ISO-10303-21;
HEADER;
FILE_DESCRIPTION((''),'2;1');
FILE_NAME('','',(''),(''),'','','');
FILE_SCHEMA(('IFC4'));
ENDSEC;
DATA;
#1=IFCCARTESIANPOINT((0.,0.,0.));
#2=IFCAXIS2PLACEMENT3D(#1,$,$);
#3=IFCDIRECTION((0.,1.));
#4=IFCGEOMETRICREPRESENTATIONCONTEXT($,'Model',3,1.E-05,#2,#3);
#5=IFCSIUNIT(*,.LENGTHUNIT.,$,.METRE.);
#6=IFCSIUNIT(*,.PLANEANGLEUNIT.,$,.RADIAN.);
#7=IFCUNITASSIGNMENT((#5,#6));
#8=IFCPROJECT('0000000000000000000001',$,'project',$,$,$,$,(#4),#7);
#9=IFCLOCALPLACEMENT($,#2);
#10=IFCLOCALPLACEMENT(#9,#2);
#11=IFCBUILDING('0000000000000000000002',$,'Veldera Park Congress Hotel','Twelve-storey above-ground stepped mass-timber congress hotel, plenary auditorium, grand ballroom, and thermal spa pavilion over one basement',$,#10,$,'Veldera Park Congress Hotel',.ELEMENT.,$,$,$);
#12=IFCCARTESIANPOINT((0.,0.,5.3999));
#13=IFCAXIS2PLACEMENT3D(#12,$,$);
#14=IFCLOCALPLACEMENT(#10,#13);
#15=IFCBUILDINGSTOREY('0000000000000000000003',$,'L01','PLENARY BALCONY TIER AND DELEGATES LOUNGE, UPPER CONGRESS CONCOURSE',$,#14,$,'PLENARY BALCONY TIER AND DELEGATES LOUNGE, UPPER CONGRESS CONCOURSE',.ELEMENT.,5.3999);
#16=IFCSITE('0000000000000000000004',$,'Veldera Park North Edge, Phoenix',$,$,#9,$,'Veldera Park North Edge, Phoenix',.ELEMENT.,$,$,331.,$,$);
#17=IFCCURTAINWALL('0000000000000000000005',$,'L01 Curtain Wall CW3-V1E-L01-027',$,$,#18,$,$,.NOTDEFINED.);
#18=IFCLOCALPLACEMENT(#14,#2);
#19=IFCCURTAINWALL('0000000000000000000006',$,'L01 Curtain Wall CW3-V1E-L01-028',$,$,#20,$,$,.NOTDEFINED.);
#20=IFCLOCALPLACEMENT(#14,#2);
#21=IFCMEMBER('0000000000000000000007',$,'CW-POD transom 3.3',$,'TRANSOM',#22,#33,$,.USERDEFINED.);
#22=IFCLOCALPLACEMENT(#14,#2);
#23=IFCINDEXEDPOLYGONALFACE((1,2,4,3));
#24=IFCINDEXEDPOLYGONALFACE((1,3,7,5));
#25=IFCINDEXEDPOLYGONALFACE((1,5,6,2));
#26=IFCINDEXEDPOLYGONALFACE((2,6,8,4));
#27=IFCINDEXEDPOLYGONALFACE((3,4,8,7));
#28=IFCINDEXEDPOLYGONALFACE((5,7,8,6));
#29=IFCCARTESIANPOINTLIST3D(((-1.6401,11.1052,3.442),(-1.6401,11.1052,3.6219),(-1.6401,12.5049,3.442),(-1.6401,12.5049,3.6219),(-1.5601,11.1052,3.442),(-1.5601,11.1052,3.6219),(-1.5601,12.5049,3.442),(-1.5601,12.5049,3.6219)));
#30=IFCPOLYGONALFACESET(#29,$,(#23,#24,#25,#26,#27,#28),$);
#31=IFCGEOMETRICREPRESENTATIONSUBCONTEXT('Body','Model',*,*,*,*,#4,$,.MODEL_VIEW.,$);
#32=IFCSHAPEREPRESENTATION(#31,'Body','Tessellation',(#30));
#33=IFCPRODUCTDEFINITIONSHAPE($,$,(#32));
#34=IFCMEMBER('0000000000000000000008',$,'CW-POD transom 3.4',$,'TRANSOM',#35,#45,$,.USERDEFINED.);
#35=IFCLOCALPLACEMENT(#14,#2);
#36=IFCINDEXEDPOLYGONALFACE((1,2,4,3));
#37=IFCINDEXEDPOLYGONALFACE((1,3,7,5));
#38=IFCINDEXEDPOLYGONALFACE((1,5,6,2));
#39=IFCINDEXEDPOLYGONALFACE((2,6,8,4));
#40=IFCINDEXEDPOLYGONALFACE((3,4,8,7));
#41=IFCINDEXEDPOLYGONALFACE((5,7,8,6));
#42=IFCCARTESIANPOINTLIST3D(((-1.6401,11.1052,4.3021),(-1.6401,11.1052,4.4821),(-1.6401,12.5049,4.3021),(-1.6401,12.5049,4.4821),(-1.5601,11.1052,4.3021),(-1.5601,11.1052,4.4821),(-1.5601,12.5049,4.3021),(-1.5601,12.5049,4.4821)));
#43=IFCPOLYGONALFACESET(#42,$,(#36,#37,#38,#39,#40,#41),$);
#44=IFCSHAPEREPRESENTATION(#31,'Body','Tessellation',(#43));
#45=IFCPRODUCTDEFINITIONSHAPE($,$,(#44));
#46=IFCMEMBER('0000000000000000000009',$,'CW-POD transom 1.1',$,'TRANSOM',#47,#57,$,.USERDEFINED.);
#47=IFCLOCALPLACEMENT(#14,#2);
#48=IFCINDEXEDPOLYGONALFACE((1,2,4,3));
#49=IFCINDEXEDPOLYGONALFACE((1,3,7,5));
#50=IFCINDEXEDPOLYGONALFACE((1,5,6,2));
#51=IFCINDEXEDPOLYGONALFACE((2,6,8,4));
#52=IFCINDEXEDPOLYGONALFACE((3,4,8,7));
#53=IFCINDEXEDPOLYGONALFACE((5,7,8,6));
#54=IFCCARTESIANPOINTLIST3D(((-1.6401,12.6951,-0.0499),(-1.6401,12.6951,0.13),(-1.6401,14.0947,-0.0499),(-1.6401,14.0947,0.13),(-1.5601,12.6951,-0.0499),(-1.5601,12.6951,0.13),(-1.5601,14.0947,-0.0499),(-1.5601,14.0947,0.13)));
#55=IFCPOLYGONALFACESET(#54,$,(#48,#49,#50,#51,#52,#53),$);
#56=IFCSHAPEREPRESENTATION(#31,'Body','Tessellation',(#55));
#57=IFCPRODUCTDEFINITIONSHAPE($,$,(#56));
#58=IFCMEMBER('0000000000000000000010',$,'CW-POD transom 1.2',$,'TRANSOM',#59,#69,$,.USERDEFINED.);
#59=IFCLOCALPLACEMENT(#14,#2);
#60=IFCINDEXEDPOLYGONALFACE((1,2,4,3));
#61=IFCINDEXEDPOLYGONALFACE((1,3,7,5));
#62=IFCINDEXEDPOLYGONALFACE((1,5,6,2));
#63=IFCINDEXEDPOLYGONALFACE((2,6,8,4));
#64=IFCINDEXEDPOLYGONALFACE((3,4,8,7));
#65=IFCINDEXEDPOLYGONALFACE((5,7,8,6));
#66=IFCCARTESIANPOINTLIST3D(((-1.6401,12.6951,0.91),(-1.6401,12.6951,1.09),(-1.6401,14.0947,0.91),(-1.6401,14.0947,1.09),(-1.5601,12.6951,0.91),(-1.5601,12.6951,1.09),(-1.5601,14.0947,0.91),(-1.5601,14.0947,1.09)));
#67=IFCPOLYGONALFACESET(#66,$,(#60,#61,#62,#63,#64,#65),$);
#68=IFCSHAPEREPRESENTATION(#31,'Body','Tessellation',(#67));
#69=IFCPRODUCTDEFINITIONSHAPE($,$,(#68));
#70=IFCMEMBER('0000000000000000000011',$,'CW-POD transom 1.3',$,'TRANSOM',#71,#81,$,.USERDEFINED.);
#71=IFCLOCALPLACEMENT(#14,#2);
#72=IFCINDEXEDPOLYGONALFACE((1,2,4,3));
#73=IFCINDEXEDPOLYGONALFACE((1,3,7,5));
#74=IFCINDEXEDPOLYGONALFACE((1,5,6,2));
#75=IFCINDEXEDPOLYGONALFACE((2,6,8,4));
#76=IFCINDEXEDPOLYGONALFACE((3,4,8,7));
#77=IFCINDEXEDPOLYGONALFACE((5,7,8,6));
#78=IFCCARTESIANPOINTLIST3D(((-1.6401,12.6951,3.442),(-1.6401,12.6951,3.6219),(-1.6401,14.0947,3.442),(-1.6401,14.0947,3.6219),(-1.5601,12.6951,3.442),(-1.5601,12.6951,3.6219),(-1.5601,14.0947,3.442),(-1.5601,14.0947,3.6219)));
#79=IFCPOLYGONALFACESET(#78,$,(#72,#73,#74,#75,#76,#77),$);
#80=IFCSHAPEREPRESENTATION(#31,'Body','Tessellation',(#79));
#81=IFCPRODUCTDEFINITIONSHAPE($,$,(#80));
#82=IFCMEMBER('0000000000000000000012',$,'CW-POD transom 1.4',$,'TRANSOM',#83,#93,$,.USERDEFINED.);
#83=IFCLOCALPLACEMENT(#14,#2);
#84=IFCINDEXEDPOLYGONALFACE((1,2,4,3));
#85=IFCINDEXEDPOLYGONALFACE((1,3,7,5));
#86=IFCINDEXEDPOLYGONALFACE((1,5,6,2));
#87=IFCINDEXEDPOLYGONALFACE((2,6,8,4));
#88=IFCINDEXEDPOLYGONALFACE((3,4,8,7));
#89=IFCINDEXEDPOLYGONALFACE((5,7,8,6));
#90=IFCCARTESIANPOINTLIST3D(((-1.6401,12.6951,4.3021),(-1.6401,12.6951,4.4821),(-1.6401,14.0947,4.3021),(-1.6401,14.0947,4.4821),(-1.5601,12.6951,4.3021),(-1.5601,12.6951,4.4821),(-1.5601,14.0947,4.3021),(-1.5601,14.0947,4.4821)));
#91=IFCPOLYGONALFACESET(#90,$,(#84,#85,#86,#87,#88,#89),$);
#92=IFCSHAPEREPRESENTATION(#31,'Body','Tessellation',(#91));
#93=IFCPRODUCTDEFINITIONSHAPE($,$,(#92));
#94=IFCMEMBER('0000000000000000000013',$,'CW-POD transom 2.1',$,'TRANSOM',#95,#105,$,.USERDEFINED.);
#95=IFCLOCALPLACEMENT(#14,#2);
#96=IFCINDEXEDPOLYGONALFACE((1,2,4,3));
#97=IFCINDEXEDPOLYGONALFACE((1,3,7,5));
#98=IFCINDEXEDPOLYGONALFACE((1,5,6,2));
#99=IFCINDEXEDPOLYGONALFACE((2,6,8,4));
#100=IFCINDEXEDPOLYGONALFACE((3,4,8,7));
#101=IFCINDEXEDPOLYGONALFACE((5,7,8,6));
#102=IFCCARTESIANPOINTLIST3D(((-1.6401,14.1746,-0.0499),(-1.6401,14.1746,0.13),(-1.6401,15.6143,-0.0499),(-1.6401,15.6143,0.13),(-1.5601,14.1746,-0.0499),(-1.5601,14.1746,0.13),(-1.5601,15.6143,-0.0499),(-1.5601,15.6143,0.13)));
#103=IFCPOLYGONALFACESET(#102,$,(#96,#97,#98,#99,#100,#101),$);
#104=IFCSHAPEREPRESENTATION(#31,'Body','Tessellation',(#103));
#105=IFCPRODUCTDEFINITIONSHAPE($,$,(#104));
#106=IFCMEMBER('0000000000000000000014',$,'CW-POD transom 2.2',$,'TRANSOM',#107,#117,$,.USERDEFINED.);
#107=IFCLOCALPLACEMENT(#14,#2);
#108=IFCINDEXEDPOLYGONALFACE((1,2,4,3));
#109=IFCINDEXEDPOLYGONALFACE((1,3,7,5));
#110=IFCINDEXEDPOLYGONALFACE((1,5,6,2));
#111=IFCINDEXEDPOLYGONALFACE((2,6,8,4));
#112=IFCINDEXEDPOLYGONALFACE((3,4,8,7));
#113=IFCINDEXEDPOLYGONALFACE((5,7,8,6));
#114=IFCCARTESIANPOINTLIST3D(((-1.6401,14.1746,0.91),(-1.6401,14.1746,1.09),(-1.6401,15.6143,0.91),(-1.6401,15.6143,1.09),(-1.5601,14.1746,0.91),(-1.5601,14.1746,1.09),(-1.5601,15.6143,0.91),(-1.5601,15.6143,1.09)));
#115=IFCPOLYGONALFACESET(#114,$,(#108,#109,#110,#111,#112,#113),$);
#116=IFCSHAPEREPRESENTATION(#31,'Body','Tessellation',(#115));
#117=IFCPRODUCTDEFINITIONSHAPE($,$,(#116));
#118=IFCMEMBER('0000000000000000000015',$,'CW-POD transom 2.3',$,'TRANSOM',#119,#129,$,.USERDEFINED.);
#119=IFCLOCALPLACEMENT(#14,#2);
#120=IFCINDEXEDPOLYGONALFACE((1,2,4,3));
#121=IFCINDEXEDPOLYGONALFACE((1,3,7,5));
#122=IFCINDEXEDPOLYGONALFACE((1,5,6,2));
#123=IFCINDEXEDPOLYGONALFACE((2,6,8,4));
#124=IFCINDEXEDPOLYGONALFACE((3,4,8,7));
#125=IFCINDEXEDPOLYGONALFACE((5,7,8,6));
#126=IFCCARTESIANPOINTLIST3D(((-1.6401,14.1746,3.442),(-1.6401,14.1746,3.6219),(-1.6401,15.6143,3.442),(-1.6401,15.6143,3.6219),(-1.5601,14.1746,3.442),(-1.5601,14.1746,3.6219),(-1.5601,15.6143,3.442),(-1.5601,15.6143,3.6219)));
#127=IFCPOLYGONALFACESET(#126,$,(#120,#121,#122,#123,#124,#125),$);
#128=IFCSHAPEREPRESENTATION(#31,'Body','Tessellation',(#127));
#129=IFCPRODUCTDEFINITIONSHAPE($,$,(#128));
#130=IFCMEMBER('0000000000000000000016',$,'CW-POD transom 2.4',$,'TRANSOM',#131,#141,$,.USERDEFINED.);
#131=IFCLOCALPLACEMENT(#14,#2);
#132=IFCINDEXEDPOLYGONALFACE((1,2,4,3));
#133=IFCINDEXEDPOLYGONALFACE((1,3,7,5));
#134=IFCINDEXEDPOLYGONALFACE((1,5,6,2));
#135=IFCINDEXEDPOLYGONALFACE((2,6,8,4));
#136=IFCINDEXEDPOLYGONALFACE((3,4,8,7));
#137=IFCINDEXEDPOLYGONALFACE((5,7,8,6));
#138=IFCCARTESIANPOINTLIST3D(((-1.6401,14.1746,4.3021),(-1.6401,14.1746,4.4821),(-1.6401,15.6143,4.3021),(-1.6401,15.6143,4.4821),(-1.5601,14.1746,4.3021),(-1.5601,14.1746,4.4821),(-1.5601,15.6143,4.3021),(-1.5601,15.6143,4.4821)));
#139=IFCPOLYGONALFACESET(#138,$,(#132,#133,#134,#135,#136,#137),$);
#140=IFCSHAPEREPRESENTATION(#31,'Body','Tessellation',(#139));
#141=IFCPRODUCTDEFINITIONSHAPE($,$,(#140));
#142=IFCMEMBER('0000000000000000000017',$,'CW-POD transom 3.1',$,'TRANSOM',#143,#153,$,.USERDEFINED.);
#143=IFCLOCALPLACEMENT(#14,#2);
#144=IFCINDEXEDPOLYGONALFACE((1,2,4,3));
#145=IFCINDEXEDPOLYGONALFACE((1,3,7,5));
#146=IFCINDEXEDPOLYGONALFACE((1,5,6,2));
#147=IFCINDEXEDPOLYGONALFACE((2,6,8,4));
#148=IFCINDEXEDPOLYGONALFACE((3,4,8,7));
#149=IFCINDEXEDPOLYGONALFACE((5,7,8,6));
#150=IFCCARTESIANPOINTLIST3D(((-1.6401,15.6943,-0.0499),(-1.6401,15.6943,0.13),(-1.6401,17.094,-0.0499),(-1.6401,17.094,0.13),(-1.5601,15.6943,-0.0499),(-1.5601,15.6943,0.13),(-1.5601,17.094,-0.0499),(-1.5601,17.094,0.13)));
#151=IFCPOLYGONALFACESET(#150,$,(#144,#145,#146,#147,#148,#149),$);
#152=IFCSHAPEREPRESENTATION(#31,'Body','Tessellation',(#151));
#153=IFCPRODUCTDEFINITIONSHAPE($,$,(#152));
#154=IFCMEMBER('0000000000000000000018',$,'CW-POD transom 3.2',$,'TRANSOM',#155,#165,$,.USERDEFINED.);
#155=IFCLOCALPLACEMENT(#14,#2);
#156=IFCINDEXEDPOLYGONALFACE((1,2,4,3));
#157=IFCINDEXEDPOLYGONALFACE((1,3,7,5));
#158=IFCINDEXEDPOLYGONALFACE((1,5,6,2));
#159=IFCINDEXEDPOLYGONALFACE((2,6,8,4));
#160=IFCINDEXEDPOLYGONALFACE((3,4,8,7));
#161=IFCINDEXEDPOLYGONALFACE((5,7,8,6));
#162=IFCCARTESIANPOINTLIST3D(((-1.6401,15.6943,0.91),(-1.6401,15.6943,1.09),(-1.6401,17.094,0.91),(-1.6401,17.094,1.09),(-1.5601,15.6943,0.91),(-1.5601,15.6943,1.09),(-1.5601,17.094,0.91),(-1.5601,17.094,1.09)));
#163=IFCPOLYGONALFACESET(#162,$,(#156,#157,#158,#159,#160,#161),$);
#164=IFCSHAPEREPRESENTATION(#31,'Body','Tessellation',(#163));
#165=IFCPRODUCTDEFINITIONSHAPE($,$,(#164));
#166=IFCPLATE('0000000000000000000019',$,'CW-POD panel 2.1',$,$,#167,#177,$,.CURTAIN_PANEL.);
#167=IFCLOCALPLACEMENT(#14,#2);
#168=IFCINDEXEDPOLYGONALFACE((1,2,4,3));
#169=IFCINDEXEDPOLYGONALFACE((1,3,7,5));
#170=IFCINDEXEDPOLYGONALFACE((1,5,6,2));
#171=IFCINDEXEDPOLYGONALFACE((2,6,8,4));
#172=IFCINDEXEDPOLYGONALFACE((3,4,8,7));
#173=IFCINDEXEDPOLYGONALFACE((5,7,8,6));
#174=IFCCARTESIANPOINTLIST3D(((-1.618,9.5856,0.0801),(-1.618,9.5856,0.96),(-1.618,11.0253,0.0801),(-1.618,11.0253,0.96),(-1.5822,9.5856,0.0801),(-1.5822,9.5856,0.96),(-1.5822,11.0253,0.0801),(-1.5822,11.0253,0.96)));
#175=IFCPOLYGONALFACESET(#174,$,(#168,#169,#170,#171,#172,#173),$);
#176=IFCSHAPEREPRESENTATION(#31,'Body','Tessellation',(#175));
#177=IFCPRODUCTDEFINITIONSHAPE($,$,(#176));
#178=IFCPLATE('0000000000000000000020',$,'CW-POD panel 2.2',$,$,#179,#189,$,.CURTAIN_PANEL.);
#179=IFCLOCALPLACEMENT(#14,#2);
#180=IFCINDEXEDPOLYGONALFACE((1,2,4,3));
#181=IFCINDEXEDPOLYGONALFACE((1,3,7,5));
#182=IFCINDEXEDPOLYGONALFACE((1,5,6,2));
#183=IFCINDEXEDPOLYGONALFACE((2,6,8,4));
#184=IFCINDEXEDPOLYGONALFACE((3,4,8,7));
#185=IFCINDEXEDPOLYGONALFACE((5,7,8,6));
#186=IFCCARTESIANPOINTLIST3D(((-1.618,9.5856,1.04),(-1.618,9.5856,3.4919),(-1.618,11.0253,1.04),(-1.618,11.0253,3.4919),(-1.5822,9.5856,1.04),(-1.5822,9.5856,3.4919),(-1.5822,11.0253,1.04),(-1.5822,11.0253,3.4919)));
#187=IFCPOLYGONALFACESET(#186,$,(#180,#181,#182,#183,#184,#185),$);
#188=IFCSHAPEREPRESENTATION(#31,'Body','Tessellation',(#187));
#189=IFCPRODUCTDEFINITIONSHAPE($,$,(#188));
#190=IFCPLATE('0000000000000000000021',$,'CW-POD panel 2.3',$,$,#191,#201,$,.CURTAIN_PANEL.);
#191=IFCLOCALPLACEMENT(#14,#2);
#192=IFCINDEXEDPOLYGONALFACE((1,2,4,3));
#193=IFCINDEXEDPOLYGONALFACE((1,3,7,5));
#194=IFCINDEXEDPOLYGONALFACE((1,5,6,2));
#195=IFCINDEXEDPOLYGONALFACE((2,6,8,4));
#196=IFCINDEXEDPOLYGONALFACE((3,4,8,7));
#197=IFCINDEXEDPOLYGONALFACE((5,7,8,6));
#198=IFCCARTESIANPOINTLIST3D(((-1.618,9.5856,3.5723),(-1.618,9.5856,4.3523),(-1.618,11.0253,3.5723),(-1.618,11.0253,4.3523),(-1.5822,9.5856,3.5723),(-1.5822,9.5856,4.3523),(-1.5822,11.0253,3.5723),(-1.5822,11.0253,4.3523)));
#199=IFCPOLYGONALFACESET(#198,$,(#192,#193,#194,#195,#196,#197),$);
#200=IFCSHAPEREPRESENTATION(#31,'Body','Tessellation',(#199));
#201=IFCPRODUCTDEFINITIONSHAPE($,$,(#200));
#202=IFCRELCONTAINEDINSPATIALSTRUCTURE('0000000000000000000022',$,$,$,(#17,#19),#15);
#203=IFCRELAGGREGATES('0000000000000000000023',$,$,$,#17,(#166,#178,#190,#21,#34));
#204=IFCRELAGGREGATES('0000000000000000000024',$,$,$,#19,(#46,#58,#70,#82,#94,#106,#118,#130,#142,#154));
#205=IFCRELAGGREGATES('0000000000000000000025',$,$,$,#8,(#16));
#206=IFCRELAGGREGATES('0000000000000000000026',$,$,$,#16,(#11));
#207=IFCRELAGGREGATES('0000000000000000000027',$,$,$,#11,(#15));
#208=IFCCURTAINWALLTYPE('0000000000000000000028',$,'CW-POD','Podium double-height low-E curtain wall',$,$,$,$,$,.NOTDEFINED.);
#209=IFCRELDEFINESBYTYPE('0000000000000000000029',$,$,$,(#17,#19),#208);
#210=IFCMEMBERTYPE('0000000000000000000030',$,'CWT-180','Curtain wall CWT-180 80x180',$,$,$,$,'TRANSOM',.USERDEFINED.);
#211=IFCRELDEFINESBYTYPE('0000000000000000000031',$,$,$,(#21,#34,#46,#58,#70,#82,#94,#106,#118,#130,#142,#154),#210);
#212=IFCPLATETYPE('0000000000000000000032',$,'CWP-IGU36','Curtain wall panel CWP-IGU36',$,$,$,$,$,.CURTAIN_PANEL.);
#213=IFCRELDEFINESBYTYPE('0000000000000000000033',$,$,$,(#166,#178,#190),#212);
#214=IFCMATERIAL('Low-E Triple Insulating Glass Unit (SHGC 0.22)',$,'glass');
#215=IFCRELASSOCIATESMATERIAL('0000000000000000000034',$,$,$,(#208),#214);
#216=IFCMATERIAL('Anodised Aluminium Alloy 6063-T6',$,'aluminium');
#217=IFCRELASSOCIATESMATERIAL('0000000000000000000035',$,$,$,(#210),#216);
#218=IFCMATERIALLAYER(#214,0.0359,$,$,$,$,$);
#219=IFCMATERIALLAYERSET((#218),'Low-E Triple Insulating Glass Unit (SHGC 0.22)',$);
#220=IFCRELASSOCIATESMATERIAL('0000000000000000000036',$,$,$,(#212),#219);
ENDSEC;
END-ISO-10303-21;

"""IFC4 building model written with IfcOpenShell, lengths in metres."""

from ifc_helpers import new_model, si_unit, direction, frame, origin, origin_2d, place, context, subcontext, project, spatial, rectangle, extrude, material, layer, layer_set, material_profile, profile_set, type_object, element, aggregate, save


model = new_model("IFC4")

# Units and contexts
model_context = context("Model", 3, precision=1e-05, world=origin(), true_north=direction((0.0, 1.0)))
body_context = subcontext(model_context, "Body", "Model", "MODEL_VIEW")
ifc_project = project(units=[si_unit("LENGTHUNIT", "METRE"), si_unit("PLANEANGLEUNIT", "RADIAN")], contexts=[model_context])

# Site, building, storey
site_placement = place(None, origin())
site = spatial("IfcSite", under=ifc_project, at=site_placement, Name="Veldera Park North Edge, Phoenix", LongName="Veldera Park North Edge, Phoenix", CompositionType="ELEMENT", RefElevation=331.0)
building_placement = place(site_placement, origin())
building = spatial("IfcBuilding", under=site, at=building_placement, Name="Veldera Park Congress Hotel", Description="Twelve-storey above-ground stepped mass-timber congress hotel, plenary auditorium, grand ballroom, and thermal spa pavilion over one basement", LongName="Veldera Park Congress Hotel", CompositionType="ELEMENT")
storey_placement = place(building_placement, frame((0.0, 0.0, 5.3999)))
storey = spatial("IfcBuildingStorey", under=building, at=storey_placement, Name="L01", Description="PLENARY BALCONY TIER AND DELEGATES LOUNGE, UPPER CONGRESS CONCOURSE", LongName="PLENARY BALCONY TIER AND DELEGATES LOUNGE, UPPER CONGRESS CONCOURSE", CompositionType="ELEMENT", Elevation=5.3999)

# Curtain walls
ifc_material_1 = material(Name="Low-E Triple Insulating Glass Unit (SHGC 0.22)", Category="glass")
curtain_wall_type = type_object("IfcCurtainWallType", Name="CW-POD", Description="Podium double-height low-E curtain wall", PredefinedType="NOTDEFINED", material=ifc_material_1)
curtain_wall_1_placement = place(storey_placement, origin())
curtain_wall_1 = element("IfcCurtainWall", 1, at=curtain_wall_1_placement, inside=storey, type_object=curtain_wall_type, Name="L01 Curtain Wall CW3-V1E-L01-027", PredefinedType="NOTDEFINED")
ifc_material_2 = material(Name="Anodised Aluminium Alloy 6063-T6", Category="aluminium")
curtain_wall_2_placement = place(storey_placement, origin())
curtain_wall_2 = element("IfcCurtainWall", 2, at=curtain_wall_2_placement, inside=storey, type_object=curtain_wall_type, Name="L01 Curtain Wall CW3-V1E-L01-028", PredefinedType="NOTDEFINED")

# Members
ifc_material_profile_1 = material_profile(ifc_material_2, rectangle(XDim=0.0801, YDim=0.1799, at=origin_2d()), Name="ALU 80x180")
ifc_profile_set_1 = profile_set([ifc_material_profile_1], Name="Anodised Aluminium Alloy 6063-T6")
member_type_1 = type_object("IfcMemberType", Name="CWT-180", Description="Curtain wall CWT-180 80x180", ElementType="TRANSOM", PredefinedType="USERDEFINED", material=ifc_profile_set_1)
member_1_placement = place(storey_placement, frame((-1.6001, 11.1052, 3.532), z_axis=(0.0, 1.0, 0.0), x_axis=(-1.0, 0.0, 0.0)))
member_1 = element("IfcMember", 3, at=member_1_placement, type_object=member_type_1, Name="CW-POD transom 3.3", ObjectType="TRANSOM", PredefinedType="USERDEFINED", context=body_context, shape_type="SweptSolid", body=[
    extrude(rectangle(XDim=0.0801, YDim=0.1799, at=origin_2d()), origin(), (0.0, 0.0, 1.0), 1.3997),
])
member_2_placement = place(storey_placement, frame((-1.6001, 11.1052, 4.3921), z_axis=(0.0, 1.0, 0.0), x_axis=(-1.0, 0.0, 0.0)))
member_2 = element("IfcMember", 4, at=member_2_placement, type_object=member_type_1, Name="CW-POD transom 3.4", ObjectType="TRANSOM", PredefinedType="USERDEFINED", context=body_context, shape_type="SweptSolid", body=[
    extrude(rectangle(XDim=0.0801, YDim=0.1799, at=origin_2d()), origin(), (0.0, 0.0, 1.0), 1.3997),
])
member_3_placement = place(storey_placement, frame((-1.6001, 12.6951, 0.04), z_axis=(0.0, 1.0, 0.0), x_axis=(-1.0, 0.0, 0.0)))
member_3 = element("IfcMember", 5, at=member_3_placement, type_object=member_type_1, Name="CW-POD transom 1.1", ObjectType="TRANSOM", PredefinedType="USERDEFINED", context=body_context, shape_type="SweptSolid", body=[
    extrude(rectangle(XDim=0.0801, YDim=0.1799, at=origin_2d()), origin(), (0.0, 0.0, 1.0), 1.3997),
])
member_4_placement = place(storey_placement, frame((-1.6001, 12.6951, 1.0), z_axis=(0.0, 1.0, 0.0), x_axis=(-1.0, 0.0, 0.0)))
member_4 = element("IfcMember", 6, at=member_4_placement, type_object=member_type_1, Name="CW-POD transom 1.2", ObjectType="TRANSOM", PredefinedType="USERDEFINED", context=body_context, shape_type="SweptSolid", body=[
    extrude(rectangle(XDim=0.0801, YDim=0.1799, at=origin_2d()), origin(), (0.0, 0.0, 1.0), 1.3997),
])
member_5_placement = place(storey_placement, frame((-1.6001, 12.6951, 3.532), z_axis=(0.0, 1.0, 0.0), x_axis=(-1.0, 0.0, 0.0)))
member_5 = element("IfcMember", 7, at=member_5_placement, type_object=member_type_1, Name="CW-POD transom 1.3", ObjectType="TRANSOM", PredefinedType="USERDEFINED", context=body_context, shape_type="SweptSolid", body=[
    extrude(rectangle(XDim=0.0801, YDim=0.1799, at=origin_2d()), origin(), (0.0, 0.0, 1.0), 1.3997),
])
member_6_placement = place(storey_placement, frame((-1.6001, 12.6951, 4.3921), z_axis=(0.0, 1.0, 0.0), x_axis=(-1.0, 0.0, 0.0)))
member_6 = element("IfcMember", 8, at=member_6_placement, type_object=member_type_1, Name="CW-POD transom 1.4", ObjectType="TRANSOM", PredefinedType="USERDEFINED", context=body_context, shape_type="SweptSolid", body=[
    extrude(rectangle(XDim=0.0801, YDim=0.1799, at=origin_2d()), origin(), (0.0, 0.0, 1.0), 1.3997),
])
member_7_placement = place(storey_placement, frame((-1.6001, 14.1746, 0.04), z_axis=(0.0, 1.0, 0.0), x_axis=(-1.0, 0.0, 0.0)))
member_7 = element("IfcMember", 9, at=member_7_placement, type_object=member_type_1, Name="CW-POD transom 2.1", ObjectType="TRANSOM", PredefinedType="USERDEFINED", context=body_context, shape_type="SweptSolid", body=[
    extrude(rectangle(XDim=0.0801, YDim=0.1799, at=origin_2d()), origin(), (0.0, 0.0, 1.0), 1.4397),
])
member_8_placement = place(storey_placement, frame((-1.6001, 14.1746, 1.0), z_axis=(0.0, 1.0, 0.0), x_axis=(-1.0, 0.0, 0.0)))
member_8 = element("IfcMember", 10, at=member_8_placement, type_object=member_type_1, Name="CW-POD transom 2.2", ObjectType="TRANSOM", PredefinedType="USERDEFINED", context=body_context, shape_type="SweptSolid", body=[
    extrude(rectangle(XDim=0.0801, YDim=0.1799, at=origin_2d()), origin(), (0.0, 0.0, 1.0), 1.4397),
])
member_9_placement = place(storey_placement, frame((-1.6001, 14.1746, 3.532), z_axis=(0.0, 1.0, 0.0), x_axis=(-1.0, 0.0, 0.0)))
member_9 = element("IfcMember", 11, at=member_9_placement, type_object=member_type_1, Name="CW-POD transom 2.3", ObjectType="TRANSOM", PredefinedType="USERDEFINED", context=body_context, shape_type="SweptSolid", body=[
    extrude(rectangle(XDim=0.0801, YDim=0.1799, at=origin_2d()), origin(), (0.0, 0.0, 1.0), 1.4397),
])
member_10_placement = place(storey_placement, frame((-1.6001, 14.1746, 4.3921), z_axis=(0.0, 1.0, 0.0), x_axis=(-1.0, 0.0, 0.0)))
member_10 = element("IfcMember", 12, at=member_10_placement, type_object=member_type_1, Name="CW-POD transom 2.4", ObjectType="TRANSOM", PredefinedType="USERDEFINED", context=body_context, shape_type="SweptSolid", body=[
    extrude(rectangle(XDim=0.0801, YDim=0.1799, at=origin_2d()), origin(), (0.0, 0.0, 1.0), 1.4397),
])
member_11_placement = place(storey_placement, frame((-1.6001, 15.6943, 0.04), z_axis=(0.0, 1.0, 0.0), x_axis=(-1.0, 0.0, 0.0)))
member_11 = element("IfcMember", 13, at=member_11_placement, type_object=member_type_1, Name="CW-POD transom 3.1", ObjectType="TRANSOM", PredefinedType="USERDEFINED", context=body_context, shape_type="SweptSolid", body=[
    extrude(rectangle(XDim=0.0801, YDim=0.1799, at=origin_2d()), origin(), (0.0, 0.0, 1.0), 1.3997),
])
member_12_placement = place(storey_placement, frame((-1.6001, 15.6943, 1.0), z_axis=(0.0, 1.0, 0.0), x_axis=(-1.0, 0.0, 0.0)))
member_12 = element("IfcMember", 14, at=member_12_placement, type_object=member_type_1, Name="CW-POD transom 3.2", ObjectType="TRANSOM", PredefinedType="USERDEFINED", context=body_context, shape_type="SweptSolid", body=[
    extrude(rectangle(XDim=0.0801, YDim=0.1799, at=origin_2d()), origin(), (0.0, 0.0, 1.0), 1.3997),
])

# Plates
ifc_layer = layer(ifc_material_1, 0.0359)
ifc_layer_set = layer_set([ifc_layer], Name="Low-E Triple Insulating Glass Unit (SHGC 0.22)")
plate_type = type_object("IfcPlateType", Name="CWP-IGU36", Description="Curtain wall panel CWP-IGU36", PredefinedType="CURTAIN_PANEL", material=ifc_layer_set)
plate_1_placement = place(storey_placement, frame((-1.6001, 10.3054, 0.0801), z_axis=(0.0, 0.0, 1.0), x_axis=(0.0, 1.0, 0.0)))
plate_1 = element("IfcPlate", 15, at=plate_1_placement, type_object=plate_type, Name="CW-POD panel 2.1", PredefinedType="CURTAIN_PANEL", context=body_context, shape_type="SweptSolid", body=[
    extrude(rectangle(XDim=1.4397, YDim=0.0359, at=origin_2d()), origin(), (0.0, 0.0, 1.0), 0.8799),
])
plate_2_placement = place(storey_placement, frame((-1.6001, 10.3054, 1.04), z_axis=(0.0, 0.0, 1.0), x_axis=(0.0, 1.0, 0.0)))
plate_2 = element("IfcPlate", 16, at=plate_2_placement, type_object=plate_type, Name="CW-POD panel 2.2", PredefinedType="CURTAIN_PANEL", context=body_context, shape_type="SweptSolid", body=[
    extrude(rectangle(XDim=1.4397, YDim=0.0359, at=origin_2d()), origin(), (0.0, 0.0, 1.0), 2.4519),
])
plate_3_placement = place(storey_placement, frame((-1.6001, 10.3054, 3.5723), z_axis=(0.0, 0.0, 1.0), x_axis=(0.0, 1.0, 0.0)))
plate_3 = element("IfcPlate", 17, at=plate_3_placement, type_object=plate_type, Name="CW-POD panel 2.3", PredefinedType="CURTAIN_PANEL", context=body_context, shape_type="SweptSolid", body=[
    extrude(rectangle(XDim=1.4397, YDim=0.0359, at=origin_2d()), origin(), (0.0, 0.0, 1.0), 0.78),
])
aggregate(curtain_wall_1, [plate_1, plate_2, plate_3, member_1, member_2])
aggregate(curtain_wall_2, [member_3, member_4, member_5, member_6, member_7, member_8, member_9, member_10, member_11, member_12])

save(model, "model.ifc")
